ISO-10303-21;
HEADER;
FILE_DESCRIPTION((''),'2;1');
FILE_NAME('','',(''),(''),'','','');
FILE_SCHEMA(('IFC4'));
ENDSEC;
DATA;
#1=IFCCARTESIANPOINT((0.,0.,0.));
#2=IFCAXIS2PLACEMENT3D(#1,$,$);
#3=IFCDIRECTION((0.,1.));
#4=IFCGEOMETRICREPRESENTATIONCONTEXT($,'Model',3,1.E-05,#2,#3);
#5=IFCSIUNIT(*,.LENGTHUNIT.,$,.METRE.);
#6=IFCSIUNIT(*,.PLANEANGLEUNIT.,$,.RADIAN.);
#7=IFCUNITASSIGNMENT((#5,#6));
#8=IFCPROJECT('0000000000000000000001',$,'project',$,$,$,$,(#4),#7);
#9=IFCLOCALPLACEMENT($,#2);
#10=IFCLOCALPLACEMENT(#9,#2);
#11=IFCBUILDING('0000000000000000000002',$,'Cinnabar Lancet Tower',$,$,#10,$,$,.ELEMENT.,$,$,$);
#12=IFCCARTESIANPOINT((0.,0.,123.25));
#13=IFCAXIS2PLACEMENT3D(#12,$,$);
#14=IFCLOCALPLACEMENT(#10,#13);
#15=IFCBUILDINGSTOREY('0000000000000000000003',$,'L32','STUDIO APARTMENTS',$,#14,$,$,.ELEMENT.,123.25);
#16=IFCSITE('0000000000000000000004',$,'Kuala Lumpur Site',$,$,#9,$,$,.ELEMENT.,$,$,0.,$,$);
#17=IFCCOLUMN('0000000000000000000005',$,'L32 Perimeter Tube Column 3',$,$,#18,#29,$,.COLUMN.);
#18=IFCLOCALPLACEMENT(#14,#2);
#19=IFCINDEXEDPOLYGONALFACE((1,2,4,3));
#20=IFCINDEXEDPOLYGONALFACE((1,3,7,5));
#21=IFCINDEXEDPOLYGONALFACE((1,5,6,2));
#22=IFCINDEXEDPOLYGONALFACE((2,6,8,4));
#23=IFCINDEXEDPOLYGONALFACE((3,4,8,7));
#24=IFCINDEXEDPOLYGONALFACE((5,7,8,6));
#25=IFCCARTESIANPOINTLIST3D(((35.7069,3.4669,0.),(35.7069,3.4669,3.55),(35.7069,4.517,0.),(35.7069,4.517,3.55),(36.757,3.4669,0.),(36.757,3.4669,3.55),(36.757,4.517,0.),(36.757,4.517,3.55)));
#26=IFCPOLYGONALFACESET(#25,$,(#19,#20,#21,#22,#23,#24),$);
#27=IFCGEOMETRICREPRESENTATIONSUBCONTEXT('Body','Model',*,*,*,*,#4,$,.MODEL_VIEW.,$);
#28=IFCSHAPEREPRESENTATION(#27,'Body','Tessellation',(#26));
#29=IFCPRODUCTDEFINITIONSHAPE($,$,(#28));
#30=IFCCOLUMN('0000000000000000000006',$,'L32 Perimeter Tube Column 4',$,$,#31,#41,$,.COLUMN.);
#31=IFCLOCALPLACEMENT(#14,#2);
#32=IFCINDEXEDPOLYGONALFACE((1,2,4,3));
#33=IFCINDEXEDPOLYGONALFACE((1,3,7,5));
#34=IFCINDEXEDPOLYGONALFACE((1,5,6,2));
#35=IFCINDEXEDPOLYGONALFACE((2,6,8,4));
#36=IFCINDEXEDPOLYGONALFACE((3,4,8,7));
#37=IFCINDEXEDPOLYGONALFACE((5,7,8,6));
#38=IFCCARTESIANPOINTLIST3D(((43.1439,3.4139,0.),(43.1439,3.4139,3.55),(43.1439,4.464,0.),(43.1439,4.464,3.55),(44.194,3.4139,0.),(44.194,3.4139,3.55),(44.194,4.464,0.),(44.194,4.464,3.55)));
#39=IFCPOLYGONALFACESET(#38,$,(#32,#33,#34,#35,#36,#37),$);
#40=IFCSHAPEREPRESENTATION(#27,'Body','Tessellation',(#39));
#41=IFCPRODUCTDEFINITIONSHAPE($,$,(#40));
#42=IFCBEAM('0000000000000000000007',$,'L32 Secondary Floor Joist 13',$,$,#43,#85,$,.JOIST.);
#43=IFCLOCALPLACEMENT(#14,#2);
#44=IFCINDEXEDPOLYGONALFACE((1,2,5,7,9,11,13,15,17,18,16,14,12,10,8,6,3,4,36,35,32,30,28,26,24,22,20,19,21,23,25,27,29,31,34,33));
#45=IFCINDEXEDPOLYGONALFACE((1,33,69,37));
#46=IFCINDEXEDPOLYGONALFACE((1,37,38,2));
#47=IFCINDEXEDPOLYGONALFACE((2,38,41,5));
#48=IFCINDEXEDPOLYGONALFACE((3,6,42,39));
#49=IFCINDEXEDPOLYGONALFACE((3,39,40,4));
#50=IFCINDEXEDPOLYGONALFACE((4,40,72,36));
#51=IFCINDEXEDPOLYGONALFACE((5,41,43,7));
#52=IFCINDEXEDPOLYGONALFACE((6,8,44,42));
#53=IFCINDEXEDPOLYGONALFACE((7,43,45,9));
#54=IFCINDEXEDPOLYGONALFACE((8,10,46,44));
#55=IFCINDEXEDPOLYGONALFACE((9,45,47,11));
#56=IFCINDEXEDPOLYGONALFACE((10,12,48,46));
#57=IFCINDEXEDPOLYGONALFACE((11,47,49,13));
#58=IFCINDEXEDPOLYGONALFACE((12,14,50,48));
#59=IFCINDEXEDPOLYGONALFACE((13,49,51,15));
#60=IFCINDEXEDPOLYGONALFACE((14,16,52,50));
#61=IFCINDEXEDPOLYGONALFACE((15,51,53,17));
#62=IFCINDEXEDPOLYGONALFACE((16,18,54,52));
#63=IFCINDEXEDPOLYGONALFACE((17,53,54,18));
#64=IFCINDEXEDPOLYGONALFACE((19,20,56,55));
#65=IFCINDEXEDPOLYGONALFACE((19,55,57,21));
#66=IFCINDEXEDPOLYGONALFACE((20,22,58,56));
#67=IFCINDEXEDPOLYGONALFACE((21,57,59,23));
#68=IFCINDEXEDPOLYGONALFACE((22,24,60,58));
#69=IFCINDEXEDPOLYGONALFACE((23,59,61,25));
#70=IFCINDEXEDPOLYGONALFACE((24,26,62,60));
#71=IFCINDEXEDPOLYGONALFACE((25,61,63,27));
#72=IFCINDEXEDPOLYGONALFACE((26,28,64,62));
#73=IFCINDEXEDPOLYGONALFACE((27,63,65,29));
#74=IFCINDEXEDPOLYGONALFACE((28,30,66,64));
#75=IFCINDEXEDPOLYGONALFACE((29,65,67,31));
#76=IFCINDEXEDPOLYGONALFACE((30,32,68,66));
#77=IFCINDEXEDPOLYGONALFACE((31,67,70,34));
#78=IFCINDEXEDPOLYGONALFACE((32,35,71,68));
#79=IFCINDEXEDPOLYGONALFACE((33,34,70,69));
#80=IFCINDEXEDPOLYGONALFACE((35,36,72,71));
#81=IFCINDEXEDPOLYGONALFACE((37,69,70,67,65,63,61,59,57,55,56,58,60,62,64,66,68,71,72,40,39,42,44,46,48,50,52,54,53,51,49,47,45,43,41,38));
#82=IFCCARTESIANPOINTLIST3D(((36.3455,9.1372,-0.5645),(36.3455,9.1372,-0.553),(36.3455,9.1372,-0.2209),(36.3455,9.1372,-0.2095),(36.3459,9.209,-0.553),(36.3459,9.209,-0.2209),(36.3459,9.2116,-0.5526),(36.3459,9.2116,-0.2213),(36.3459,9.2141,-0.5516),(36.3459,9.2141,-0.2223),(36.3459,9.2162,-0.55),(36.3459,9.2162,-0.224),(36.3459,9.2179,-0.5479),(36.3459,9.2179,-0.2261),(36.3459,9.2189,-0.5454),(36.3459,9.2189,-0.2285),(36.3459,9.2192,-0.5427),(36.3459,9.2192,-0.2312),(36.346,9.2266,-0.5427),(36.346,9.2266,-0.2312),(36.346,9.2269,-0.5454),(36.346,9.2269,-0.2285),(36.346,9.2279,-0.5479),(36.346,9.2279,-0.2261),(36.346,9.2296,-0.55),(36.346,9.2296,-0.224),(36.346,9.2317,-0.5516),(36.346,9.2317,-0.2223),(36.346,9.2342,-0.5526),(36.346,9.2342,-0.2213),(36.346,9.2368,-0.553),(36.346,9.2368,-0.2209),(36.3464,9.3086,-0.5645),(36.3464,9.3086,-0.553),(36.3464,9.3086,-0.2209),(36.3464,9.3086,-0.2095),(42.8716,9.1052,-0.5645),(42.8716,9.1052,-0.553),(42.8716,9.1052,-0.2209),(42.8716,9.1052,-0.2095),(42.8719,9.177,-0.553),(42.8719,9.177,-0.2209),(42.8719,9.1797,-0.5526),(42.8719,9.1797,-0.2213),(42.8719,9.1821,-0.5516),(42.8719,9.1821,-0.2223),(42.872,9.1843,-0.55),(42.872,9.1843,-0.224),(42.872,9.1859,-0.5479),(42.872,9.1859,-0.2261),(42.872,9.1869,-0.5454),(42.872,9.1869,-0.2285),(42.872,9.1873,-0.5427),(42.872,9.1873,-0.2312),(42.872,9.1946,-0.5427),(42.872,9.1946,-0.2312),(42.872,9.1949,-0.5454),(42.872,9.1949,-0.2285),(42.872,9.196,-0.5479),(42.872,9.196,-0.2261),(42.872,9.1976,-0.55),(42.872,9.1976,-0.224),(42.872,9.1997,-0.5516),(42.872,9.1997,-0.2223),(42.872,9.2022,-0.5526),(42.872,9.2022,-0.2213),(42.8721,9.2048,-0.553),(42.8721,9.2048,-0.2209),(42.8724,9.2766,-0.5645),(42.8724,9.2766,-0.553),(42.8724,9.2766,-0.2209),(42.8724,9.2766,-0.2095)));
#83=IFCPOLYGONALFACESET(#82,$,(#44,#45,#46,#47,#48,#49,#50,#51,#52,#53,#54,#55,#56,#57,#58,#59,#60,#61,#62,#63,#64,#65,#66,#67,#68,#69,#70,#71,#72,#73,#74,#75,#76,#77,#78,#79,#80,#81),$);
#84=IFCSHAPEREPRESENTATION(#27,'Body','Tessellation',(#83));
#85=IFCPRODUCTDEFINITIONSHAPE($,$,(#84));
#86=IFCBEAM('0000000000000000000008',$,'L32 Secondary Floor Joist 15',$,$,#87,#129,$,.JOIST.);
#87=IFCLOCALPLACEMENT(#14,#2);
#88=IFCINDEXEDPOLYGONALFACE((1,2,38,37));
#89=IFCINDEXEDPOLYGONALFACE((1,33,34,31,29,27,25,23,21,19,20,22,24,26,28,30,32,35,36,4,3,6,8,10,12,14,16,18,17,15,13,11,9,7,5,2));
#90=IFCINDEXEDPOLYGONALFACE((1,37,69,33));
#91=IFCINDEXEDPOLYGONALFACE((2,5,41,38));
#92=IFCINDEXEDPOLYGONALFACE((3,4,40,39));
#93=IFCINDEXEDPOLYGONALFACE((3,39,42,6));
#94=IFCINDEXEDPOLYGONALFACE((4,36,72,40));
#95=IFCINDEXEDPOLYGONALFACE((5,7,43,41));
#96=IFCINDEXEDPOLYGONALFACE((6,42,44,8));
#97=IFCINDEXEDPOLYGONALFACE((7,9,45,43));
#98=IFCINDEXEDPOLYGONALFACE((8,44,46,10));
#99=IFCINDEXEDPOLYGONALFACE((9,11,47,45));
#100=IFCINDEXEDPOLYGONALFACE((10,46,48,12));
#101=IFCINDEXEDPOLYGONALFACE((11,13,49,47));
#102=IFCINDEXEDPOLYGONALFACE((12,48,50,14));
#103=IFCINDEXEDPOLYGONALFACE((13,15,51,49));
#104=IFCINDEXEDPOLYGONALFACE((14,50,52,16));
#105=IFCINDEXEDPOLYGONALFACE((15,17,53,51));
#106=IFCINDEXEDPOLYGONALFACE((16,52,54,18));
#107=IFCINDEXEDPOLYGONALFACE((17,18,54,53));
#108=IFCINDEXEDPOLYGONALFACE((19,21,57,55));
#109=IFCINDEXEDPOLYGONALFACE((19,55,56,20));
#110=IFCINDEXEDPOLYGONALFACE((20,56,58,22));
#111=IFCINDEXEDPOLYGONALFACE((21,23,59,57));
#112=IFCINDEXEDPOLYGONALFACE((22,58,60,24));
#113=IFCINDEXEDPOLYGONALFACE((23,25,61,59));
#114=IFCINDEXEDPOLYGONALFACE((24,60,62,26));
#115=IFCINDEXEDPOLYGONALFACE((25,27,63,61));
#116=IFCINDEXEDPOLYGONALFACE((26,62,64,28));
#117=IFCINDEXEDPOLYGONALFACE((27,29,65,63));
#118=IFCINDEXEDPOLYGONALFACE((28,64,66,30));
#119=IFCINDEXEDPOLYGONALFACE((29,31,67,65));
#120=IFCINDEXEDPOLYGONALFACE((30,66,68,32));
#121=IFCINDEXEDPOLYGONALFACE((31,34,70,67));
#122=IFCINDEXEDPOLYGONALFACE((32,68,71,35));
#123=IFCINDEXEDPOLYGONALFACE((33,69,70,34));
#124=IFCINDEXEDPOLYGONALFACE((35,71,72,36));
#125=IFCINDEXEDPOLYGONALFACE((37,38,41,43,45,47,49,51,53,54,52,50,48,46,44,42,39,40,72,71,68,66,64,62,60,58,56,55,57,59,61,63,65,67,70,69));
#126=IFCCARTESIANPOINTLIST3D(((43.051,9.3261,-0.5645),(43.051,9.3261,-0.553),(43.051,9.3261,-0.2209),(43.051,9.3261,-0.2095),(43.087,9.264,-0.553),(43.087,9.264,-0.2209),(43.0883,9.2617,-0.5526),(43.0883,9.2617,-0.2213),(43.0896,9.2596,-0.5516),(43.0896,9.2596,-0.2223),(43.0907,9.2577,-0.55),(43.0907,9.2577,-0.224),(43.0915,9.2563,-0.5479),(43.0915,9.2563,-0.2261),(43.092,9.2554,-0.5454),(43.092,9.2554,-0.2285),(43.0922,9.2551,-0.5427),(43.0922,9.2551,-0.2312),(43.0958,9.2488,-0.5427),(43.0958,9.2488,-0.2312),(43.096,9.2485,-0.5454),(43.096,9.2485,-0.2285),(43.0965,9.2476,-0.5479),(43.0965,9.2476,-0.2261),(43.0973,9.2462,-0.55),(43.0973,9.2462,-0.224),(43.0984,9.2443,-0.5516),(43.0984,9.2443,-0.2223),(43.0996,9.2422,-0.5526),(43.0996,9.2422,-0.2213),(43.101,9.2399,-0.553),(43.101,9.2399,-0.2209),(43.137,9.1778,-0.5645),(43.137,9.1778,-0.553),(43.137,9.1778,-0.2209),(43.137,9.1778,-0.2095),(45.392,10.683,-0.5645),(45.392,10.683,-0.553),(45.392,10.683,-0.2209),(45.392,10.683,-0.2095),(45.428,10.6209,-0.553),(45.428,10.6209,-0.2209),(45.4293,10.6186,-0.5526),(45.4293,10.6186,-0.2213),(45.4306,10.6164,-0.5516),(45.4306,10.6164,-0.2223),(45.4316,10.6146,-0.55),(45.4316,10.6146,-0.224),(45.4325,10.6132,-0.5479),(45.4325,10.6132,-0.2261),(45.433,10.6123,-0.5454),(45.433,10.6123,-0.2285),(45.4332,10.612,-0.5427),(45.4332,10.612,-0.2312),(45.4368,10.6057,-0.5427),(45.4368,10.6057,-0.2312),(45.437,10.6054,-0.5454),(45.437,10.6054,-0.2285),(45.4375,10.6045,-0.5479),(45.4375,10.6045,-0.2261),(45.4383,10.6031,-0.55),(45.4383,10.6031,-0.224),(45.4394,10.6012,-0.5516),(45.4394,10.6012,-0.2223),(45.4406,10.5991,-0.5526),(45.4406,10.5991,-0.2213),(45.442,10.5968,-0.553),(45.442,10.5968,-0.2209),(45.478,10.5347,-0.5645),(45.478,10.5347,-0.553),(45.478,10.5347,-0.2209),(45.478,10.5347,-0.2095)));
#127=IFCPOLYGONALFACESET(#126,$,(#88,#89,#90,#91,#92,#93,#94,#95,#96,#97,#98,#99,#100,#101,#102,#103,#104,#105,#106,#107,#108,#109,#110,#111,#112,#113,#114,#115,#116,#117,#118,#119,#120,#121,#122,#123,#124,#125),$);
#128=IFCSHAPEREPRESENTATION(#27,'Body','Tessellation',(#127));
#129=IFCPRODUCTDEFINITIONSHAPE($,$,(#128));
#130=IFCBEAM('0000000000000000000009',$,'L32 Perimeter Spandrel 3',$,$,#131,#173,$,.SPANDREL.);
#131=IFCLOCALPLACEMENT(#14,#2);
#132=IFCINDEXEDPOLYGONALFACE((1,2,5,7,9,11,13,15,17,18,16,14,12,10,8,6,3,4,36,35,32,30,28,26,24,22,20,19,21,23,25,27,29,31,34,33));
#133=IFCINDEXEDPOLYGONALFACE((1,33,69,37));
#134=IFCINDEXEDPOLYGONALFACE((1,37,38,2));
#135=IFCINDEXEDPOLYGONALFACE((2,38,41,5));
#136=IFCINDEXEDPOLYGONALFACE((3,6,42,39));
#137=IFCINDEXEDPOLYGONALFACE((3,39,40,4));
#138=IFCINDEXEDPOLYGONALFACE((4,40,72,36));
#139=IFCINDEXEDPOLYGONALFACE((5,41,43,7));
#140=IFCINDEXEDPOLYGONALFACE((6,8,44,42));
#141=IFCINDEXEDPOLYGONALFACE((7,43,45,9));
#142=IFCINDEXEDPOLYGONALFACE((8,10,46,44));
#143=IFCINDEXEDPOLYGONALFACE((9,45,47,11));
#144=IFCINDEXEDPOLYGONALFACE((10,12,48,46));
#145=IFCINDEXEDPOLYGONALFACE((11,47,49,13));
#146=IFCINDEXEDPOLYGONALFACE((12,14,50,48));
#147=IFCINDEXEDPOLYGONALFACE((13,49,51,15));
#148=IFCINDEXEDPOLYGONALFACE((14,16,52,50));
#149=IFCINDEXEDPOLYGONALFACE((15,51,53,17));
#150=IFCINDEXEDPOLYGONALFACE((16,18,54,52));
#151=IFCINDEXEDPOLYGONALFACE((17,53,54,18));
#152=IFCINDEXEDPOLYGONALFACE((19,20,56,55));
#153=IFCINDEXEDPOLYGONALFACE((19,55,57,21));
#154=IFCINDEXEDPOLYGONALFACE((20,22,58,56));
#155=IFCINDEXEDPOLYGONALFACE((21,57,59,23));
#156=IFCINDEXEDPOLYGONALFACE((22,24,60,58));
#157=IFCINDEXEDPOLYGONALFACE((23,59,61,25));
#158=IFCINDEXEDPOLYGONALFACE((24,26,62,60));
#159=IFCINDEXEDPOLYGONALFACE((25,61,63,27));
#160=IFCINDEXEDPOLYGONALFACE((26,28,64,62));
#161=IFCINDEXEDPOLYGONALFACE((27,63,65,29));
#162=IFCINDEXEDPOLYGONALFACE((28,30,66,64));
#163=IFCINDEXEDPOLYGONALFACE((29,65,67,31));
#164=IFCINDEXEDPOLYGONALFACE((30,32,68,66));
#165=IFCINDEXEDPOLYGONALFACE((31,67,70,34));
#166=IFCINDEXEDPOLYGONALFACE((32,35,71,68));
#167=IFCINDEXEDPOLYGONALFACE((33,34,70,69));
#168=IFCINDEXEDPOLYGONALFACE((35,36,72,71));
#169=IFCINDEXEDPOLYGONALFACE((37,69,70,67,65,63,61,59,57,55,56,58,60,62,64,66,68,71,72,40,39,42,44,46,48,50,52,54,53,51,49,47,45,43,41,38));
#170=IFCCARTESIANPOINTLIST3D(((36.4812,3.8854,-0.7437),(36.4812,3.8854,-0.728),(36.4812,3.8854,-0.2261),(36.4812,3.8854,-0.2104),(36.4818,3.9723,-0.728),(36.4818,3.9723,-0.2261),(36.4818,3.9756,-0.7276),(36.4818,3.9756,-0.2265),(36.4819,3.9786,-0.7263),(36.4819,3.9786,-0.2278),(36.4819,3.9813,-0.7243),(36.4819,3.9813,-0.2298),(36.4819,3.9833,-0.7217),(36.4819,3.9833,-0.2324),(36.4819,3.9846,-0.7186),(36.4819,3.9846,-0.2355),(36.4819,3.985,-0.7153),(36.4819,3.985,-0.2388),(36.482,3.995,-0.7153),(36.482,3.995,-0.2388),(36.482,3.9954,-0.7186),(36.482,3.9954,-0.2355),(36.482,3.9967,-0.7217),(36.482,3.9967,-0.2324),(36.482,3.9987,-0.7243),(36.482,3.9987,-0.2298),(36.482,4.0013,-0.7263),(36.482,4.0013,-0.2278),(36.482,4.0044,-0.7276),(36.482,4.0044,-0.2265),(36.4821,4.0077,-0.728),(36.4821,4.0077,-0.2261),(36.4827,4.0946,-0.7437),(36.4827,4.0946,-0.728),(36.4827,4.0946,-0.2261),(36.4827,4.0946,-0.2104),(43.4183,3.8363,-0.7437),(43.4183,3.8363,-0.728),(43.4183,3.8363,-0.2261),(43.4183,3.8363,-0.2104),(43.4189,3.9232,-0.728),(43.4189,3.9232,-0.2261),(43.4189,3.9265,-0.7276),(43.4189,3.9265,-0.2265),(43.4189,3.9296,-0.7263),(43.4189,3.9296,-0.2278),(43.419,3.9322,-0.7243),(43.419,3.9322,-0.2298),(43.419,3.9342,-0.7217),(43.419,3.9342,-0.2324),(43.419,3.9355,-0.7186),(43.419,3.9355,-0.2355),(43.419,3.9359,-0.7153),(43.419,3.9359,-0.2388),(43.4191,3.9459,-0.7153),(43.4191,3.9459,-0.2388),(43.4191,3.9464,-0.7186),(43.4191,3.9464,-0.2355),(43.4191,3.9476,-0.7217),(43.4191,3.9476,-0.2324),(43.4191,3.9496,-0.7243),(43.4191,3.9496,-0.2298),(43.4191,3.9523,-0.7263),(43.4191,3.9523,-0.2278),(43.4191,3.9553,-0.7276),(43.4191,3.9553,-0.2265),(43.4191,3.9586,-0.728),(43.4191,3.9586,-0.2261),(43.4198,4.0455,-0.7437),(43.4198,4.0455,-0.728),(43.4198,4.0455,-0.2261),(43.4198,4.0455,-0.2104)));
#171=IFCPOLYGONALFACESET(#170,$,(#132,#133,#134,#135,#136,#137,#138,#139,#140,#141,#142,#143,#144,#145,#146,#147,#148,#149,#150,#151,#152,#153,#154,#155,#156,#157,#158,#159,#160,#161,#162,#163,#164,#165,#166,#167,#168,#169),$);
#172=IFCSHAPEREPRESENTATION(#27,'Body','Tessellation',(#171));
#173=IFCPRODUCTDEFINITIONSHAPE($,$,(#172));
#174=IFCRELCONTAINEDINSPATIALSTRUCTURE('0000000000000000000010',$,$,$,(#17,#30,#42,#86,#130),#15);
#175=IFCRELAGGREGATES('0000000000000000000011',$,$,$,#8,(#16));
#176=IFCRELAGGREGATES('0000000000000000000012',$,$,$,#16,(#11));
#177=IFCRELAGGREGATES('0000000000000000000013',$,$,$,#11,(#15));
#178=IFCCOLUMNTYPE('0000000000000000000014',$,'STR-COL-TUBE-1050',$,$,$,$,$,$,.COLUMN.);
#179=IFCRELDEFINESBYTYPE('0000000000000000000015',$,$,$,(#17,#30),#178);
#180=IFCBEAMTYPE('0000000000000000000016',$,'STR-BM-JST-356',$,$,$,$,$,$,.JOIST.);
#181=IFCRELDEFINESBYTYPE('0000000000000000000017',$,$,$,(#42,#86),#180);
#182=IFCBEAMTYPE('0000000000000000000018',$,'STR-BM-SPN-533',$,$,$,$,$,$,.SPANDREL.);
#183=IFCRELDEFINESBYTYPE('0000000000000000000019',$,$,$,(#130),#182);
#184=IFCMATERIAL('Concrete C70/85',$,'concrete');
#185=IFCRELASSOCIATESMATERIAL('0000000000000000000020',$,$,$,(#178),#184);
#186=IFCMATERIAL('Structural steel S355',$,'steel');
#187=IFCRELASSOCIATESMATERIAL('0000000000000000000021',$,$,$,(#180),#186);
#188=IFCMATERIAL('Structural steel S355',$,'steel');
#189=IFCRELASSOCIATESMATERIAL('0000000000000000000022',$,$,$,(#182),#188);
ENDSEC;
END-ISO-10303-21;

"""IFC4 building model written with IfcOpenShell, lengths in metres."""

from ifc_helpers import new_model, si_unit, direction, frame, origin, origin_2d, place, context, subcontext, project, spatial, rectangle, i_section, extrude, material, material_profile, profile_set, type_object, element, save


model = new_model("IFC4")

# Units and contexts
model_context = context("Model", 3, precision=1e-05, world=origin(), true_north=direction((0.0, 1.0)))
body_context = subcontext(model_context, "Body", "Model", "MODEL_VIEW")
ifc_project = project(units=[si_unit("LENGTHUNIT", "METRE"), si_unit("PLANEANGLEUNIT", "RADIAN")], contexts=[model_context])

# Site, building, storey
site_placement = place(None, origin())
site = spatial("IfcSite", under=ifc_project, at=site_placement, Name="Kuala Lumpur Site", CompositionType="ELEMENT", RefElevation=0.0)
building_placement = place(site_placement, origin())
building = spatial("IfcBuilding", under=site, at=building_placement, Name="Cinnabar Lancet Tower", CompositionType="ELEMENT")
storey_placement = place(building_placement, frame((0.0, 0.0, 123.25)))
storey = spatial("IfcBuildingStorey", under=building, at=storey_placement, Name="L32", Description="STUDIO APARTMENTS", CompositionType="ELEMENT", Elevation=123.25)

# Columns
ifc_material_1 = material(Name="Concrete C70/85", Category="concrete")
ifc_material_profile_1 = material_profile(ifc_material_1, rectangle(XDim=1.05, YDim=1.05, at=origin_2d()), Name="RC-COL 1050x1050")
ifc_profile_set_1 = profile_set([ifc_material_profile_1], Name="Concrete C70/85")
column_type = type_object("IfcColumnType", Name="STR-COL-TUBE-1050", PredefinedType="COLUMN", material=ifc_profile_set_1)
for number, where, z_axis, x_axis, name in (
    (1, (36.2319, 3.9919, 0.0), (0.0, 0.0, 1.0), (1.0, 0.0, 0.0), "L32 Perimeter Tube Column 3"),
    (2, (43.6689, 3.939, 0.0), (0.0, 0.0, 1.0), (1.0, 0.0, 0.0), "L32 Perimeter Tube Column 4"),
):
    element("IfcColumn", number, at=place(storey_placement, frame(where, z_axis=z_axis, x_axis=x_axis)), inside=storey, type_object=column_type, Name=name, PredefinedType="COLUMN", context=body_context, shape_type="SweptSolid", body=[
        extrude(rectangle(XDim=1.05, YDim=1.05, at=origin_2d()), origin(), (0.0, 0.0, 1.0), 3.55),
    ])

# Beams
ifc_material_2 = material(Name="Structural steel S355", Category="steel")
ifc_material_profile_2 = material_profile(ifc_material_2, i_section(OverallWidth=0.1714, OverallDepth=0.355, WebThickness=0.0073, FlangeThickness=0.0115, FilletRadius=0.0103, at=origin_2d()), Name="UKB 356x171x51")
ifc_profile_set_2 = profile_set([ifc_material_profile_2], Name="Structural steel S355")
beam_type_1 = type_object("IfcBeamType", Name="STR-BM-JST-356", PredefinedType="JOIST", material=ifc_profile_set_2)
beam_1_placement = place(storey_placement, frame((36.3459, 9.2229, -0.387), z_axis=(0.999988, -0.004901, 0.0), x_axis=(0.004901, 0.999988, 0.0)))
element("IfcBeam", 3, at=beam_1_placement, inside=storey, type_object=beam_type_1, Name="L32 Secondary Floor Joist 13", PredefinedType="JOIST", context=body_context, shape_type="SweptSolid", body=[
    extrude(i_section(OverallWidth=0.1714, OverallDepth=0.355, WebThickness=0.0073, FlangeThickness=0.0115, FilletRadius=0.0103, at=origin_2d()), origin(), (0.0, 0.0, 1.0), 6.5261),
])
beam_2_placement = place(storey_placement, frame((43.094, 9.252, -0.387), z_axis=(0.865173, 0.501474, 0.0), x_axis=(-0.501474, 0.865173, 0.0)))
element("IfcBeam", 4, at=beam_2_placement, inside=storey, type_object=beam_type_1, Name="L32 Secondary Floor Joist 15", PredefinedType="JOIST", context=body_context, shape_type="SweptSolid", body=[
    extrude(i_section(OverallWidth=0.1714, OverallDepth=0.355, WebThickness=0.0073, FlangeThickness=0.0115, FilletRadius=0.0103, at=origin_2d()), origin(), (0.0, 0.0, 1.0), 2.7058),
])
ifc_material_3 = material(Name="Structural steel S355", Category="steel")
ifc_material_profile_3 = material_profile(ifc_material_3, i_section(OverallWidth=0.2092, OverallDepth=0.5332, WebThickness=0.01, FlangeThickness=0.0156, FilletRadius=0.0127, at=origin_2d()), Name="UKB 533x210x92")
ifc_profile_set_3 = profile_set([ifc_material_profile_3], Name="Structural steel S355")
beam_type_2 = type_object("IfcBeamType", Name="STR-BM-SPN-533", PredefinedType="SPANDREL", material=ifc_profile_set_3)
beam_3_placement = place(storey_placement, frame((36.4819, 3.99, -0.4771), z_axis=(0.999975, -0.007074, 0.0), x_axis=(0.007074, 0.999975, 0.0)))
element("IfcBeam", 5, at=beam_3_placement, inside=storey, type_object=beam_type_2, Name="L32 Perimeter Spandrel 3", PredefinedType="SPANDREL", context=body_context, shape_type="SweptSolid", body=[
    extrude(i_section(OverallWidth=0.2092, OverallDepth=0.5332, WebThickness=0.01, FlangeThickness=0.0156, FilletRadius=0.0127, at=origin_2d()), origin(), (0.0, 0.0, 1.0), 6.9373),
])

save(model, "model.ifc")
